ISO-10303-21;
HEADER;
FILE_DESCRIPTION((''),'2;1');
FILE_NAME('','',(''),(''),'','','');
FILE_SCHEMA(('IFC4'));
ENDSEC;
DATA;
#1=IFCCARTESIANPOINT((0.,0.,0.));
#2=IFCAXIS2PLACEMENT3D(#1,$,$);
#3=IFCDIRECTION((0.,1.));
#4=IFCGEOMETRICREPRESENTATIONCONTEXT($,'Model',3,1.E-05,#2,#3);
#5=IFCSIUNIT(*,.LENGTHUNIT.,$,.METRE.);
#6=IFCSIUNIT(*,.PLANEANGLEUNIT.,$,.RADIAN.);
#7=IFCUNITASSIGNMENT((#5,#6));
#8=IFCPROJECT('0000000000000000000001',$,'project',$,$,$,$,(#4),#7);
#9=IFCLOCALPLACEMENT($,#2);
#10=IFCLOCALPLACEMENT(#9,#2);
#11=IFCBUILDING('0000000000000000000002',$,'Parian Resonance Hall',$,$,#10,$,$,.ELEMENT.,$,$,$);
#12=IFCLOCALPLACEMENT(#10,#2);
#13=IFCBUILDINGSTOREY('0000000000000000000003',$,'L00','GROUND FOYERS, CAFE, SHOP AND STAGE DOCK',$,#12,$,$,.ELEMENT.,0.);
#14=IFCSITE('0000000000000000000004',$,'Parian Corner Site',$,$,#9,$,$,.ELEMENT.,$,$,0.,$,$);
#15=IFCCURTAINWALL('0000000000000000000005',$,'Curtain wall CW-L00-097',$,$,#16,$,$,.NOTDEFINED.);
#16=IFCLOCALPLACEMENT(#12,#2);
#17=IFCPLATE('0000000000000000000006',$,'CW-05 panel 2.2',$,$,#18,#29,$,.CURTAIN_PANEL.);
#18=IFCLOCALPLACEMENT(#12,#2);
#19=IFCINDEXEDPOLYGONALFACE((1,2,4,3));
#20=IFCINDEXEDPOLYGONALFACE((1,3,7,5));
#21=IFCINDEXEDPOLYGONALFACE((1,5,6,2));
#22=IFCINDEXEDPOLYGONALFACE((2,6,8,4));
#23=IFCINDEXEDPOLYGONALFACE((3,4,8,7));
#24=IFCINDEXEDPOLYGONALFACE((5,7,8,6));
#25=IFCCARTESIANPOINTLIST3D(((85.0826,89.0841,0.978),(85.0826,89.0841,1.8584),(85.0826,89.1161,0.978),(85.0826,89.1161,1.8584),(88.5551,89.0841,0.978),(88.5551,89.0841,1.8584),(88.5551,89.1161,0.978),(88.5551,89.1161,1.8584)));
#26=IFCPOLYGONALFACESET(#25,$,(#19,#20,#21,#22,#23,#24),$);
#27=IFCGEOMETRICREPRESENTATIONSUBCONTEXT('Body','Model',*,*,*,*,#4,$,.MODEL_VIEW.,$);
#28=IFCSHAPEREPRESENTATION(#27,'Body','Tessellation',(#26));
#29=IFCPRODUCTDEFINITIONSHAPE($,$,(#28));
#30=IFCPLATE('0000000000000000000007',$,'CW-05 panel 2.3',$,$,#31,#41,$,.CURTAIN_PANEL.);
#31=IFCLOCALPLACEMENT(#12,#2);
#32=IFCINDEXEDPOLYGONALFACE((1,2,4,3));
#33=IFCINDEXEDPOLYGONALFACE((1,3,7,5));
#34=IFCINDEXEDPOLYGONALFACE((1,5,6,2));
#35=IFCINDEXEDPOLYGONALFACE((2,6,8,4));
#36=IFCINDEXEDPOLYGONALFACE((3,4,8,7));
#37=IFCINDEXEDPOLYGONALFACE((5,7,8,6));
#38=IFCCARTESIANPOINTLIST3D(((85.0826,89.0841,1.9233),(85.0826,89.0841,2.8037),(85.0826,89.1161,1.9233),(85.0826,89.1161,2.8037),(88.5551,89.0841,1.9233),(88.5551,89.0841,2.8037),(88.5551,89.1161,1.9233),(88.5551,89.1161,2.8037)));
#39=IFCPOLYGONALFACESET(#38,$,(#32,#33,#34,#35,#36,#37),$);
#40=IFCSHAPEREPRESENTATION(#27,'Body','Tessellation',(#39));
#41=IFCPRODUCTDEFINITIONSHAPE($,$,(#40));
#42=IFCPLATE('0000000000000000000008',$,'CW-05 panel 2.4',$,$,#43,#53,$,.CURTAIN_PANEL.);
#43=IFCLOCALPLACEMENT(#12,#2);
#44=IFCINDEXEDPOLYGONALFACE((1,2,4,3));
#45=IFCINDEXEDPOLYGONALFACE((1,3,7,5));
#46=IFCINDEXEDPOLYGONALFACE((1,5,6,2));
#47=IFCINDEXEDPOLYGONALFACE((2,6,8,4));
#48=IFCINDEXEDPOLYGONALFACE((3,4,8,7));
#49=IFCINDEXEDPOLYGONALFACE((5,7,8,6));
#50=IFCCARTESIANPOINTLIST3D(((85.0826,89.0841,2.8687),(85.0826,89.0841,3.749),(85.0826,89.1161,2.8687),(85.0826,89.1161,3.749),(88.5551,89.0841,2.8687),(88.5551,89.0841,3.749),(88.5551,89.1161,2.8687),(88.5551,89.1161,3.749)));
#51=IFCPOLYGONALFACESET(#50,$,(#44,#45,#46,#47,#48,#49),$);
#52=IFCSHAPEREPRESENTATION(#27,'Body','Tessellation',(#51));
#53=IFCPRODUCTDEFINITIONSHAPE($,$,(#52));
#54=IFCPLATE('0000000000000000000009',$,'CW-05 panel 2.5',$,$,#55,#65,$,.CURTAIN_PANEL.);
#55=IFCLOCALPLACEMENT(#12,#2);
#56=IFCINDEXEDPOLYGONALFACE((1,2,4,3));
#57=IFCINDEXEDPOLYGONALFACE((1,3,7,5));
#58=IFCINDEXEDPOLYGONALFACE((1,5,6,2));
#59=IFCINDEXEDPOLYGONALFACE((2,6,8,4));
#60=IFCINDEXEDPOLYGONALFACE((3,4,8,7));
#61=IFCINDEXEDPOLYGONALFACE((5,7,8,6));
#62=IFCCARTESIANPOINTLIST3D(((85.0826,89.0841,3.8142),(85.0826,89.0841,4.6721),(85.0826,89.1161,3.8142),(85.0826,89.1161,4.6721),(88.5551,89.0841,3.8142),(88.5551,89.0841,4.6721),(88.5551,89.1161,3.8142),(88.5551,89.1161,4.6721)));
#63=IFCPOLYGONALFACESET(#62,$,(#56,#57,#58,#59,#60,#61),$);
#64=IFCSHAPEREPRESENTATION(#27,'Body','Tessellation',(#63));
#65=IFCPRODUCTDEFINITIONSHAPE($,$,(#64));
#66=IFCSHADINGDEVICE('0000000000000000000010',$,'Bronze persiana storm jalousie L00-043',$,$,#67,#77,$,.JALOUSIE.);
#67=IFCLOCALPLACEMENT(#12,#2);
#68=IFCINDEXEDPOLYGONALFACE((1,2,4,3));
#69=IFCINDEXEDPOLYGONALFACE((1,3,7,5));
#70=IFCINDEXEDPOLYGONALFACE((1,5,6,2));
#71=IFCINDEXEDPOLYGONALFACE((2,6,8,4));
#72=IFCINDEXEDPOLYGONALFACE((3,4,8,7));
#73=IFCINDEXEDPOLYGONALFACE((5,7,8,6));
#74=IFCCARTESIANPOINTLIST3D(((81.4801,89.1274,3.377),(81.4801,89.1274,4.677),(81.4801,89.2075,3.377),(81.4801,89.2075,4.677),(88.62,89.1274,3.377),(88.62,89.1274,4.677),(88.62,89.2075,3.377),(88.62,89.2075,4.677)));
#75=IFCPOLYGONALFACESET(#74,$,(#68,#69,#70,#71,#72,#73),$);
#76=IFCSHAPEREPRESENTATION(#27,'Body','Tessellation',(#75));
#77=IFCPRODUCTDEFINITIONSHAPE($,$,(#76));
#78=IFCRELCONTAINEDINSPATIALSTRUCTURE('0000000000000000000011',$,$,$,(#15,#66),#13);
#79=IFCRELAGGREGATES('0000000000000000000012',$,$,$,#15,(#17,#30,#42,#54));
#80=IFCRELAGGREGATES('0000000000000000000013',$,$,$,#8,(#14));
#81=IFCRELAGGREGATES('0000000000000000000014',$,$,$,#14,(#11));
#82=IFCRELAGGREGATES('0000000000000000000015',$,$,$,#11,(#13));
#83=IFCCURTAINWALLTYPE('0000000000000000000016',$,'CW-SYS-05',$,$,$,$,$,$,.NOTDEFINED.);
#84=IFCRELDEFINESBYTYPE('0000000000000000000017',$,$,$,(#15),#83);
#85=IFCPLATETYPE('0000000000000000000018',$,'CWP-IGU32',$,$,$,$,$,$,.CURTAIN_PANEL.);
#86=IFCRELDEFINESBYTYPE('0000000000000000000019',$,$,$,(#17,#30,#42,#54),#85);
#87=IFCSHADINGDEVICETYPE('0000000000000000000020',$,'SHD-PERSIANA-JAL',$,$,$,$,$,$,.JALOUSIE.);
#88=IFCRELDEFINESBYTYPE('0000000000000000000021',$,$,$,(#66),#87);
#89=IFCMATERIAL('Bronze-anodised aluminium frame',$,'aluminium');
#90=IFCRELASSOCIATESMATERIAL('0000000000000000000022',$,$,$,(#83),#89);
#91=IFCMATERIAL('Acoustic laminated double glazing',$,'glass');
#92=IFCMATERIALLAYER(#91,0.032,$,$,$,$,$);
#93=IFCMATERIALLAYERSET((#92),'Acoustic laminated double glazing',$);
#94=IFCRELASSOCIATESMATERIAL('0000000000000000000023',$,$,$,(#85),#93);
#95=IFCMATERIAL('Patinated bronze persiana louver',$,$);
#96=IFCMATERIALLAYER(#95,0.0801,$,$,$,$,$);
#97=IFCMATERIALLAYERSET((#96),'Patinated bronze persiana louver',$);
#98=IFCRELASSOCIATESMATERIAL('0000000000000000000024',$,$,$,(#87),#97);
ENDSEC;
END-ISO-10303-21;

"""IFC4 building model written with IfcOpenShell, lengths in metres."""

from ifc_helpers import new_model, si_unit, direction, frame, origin, origin_2d, place, context, subcontext, project, spatial, rectangle, extrude, material, layer, layer_set, type_object, element, aggregate, save


model = new_model("IFC4")

# Units and contexts
model_context = context("Model", 3, precision=1e-05, world=origin(), true_north=direction((0.0, 1.0)))
body_context = subcontext(model_context, "Body", "Model", "MODEL_VIEW")
ifc_project = project(units=[si_unit("LENGTHUNIT", "METRE"), si_unit("PLANEANGLEUNIT", "RADIAN")], contexts=[model_context])

# Site, building, storey
site_placement = place(None, origin())
site = spatial("IfcSite", under=ifc_project, at=site_placement, Name="Parian Corner Site", CompositionType="ELEMENT", RefElevation=0.0)
building_placement = place(site_placement, origin())
building = spatial("IfcBuilding", under=site, at=building_placement, Name="Parian Resonance Hall", CompositionType="ELEMENT")
storey_placement = place(building_placement, origin())
storey = spatial("IfcBuildingStorey", under=building, at=storey_placement, Name="L00", Description="GROUND FOYERS, CAFE, SHOP AND STAGE DOCK", CompositionType="ELEMENT", Elevation=0.0)

# Curtain wall, plates
ifc_material_1 = material(Name="Bronze-anodised aluminium frame", Category="aluminium")
curtain_wall_type = type_object("IfcCurtainWallType", Name="CW-SYS-05", PredefinedType="NOTDEFINED", material=ifc_material_1)
curtain_wall_placement = place(storey_placement, origin())
curtain_wall = element("IfcCurtainWall", 1, at=curtain_wall_placement, inside=storey, type_object=curtain_wall_type, Name="Curtain wall CW-L00-097", PredefinedType="NOTDEFINED")
ifc_material_2 = material(Name="Acoustic laminated double glazing", Category="glass")
ifc_layer_1 = layer(ifc_material_2, 0.032)
ifc_layer_set_1 = layer_set([ifc_layer_1], Name="Acoustic laminated double glazing")
plate_type = type_object("IfcPlateType", Name="CWP-IGU32", PredefinedType="CURTAIN_PANEL", material=ifc_layer_set_1)
plate_1_placement = place(storey_placement, frame((86.8188, 89.1001, 0.978), z_axis=(0.0, 0.0, 1.0), x_axis=(1.0, 0.0, 0.0)))
plate_1 = element("IfcPlate", 2, at=plate_1_placement, type_object=plate_type, Name="CW-05 panel 2.2", PredefinedType="CURTAIN_PANEL", context=body_context, shape_type="SweptSolid", body=[
    extrude(rectangle(XDim=3.4724, YDim=0.032, at=origin_2d()), origin(), (0.0, 0.0, 1.0), 0.8804),
])
plate_2_placement = place(storey_placement, frame((86.8188, 89.1001, 1.9233), z_axis=(0.0, 0.0, 1.0), x_axis=(1.0, 0.0, 0.0)))
plate_2 = element("IfcPlate", 3, at=plate_2_placement, type_object=plate_type, Name="CW-05 panel 2.3", PredefinedType="CURTAIN_PANEL", context=body_context, shape_type="SweptSolid", body=[
    extrude(rectangle(XDim=3.4724, YDim=0.032, at=origin_2d()), origin(), (0.0, 0.0, 1.0), 0.8804),
])
plate_3_placement = place(storey_placement, frame((86.8188, 89.1001, 2.8687), z_axis=(0.0, 0.0, 1.0), x_axis=(1.0, 0.0, 0.0)))
plate_3 = element("IfcPlate", 4, at=plate_3_placement, type_object=plate_type, Name="CW-05 panel 2.4", PredefinedType="CURTAIN_PANEL", context=body_context, shape_type="SweptSolid", body=[
    extrude(rectangle(XDim=3.4724, YDim=0.032, at=origin_2d()), origin(), (0.0, 0.0, 1.0), 0.8804),
])
plate_4_placement = place(storey_placement, frame((86.8188, 89.1001, 3.8142), z_axis=(0.0, 0.0, 1.0), x_axis=(1.0, 0.0, 0.0)))
plate_4 = element("IfcPlate", 5, at=plate_4_placement, type_object=plate_type, Name="CW-05 panel 2.5", PredefinedType="CURTAIN_PANEL", context=body_context, shape_type="SweptSolid", body=[
    extrude(rectangle(XDim=3.4724, YDim=0.032, at=origin_2d()), origin(), (0.0, 0.0, 1.0), 0.8579),
])
aggregate(curtain_wall, [plate_1, plate_2, plate_3, plate_4])

# Shading device
ifc_material_3 = material(Name="Patinated bronze persiana louver")
ifc_layer_2 = layer(ifc_material_3, 0.0801)
ifc_layer_set_2 = layer_set([ifc_layer_2], Name="Patinated bronze persiana louver")
shading_device_type = type_object("IfcShadingDeviceType", Name="SHD-PERSIANA-JAL", PredefinedType="JALOUSIE", material=ifc_layer_set_2)
shading_device_placement = place(storey_placement, frame((85.05, 89.1675, 3.377), z_axis=(0.0, 0.0, 1.0), x_axis=(1.0, 0.0, 0.0)))
element("IfcShadingDevice", 6, at=shading_device_placement, inside=storey, type_object=shading_device_type, Name="Bronze persiana storm jalousie L00-043", PredefinedType="JALOUSIE", context=body_context, shape_type="SweptSolid", body=[
    extrude(rectangle(XDim=7.1399, YDim=0.0801, at=origin_2d()), origin(), (0.0, 0.0, 1.0), 1.3),
])

save(model, "model.ifc")
